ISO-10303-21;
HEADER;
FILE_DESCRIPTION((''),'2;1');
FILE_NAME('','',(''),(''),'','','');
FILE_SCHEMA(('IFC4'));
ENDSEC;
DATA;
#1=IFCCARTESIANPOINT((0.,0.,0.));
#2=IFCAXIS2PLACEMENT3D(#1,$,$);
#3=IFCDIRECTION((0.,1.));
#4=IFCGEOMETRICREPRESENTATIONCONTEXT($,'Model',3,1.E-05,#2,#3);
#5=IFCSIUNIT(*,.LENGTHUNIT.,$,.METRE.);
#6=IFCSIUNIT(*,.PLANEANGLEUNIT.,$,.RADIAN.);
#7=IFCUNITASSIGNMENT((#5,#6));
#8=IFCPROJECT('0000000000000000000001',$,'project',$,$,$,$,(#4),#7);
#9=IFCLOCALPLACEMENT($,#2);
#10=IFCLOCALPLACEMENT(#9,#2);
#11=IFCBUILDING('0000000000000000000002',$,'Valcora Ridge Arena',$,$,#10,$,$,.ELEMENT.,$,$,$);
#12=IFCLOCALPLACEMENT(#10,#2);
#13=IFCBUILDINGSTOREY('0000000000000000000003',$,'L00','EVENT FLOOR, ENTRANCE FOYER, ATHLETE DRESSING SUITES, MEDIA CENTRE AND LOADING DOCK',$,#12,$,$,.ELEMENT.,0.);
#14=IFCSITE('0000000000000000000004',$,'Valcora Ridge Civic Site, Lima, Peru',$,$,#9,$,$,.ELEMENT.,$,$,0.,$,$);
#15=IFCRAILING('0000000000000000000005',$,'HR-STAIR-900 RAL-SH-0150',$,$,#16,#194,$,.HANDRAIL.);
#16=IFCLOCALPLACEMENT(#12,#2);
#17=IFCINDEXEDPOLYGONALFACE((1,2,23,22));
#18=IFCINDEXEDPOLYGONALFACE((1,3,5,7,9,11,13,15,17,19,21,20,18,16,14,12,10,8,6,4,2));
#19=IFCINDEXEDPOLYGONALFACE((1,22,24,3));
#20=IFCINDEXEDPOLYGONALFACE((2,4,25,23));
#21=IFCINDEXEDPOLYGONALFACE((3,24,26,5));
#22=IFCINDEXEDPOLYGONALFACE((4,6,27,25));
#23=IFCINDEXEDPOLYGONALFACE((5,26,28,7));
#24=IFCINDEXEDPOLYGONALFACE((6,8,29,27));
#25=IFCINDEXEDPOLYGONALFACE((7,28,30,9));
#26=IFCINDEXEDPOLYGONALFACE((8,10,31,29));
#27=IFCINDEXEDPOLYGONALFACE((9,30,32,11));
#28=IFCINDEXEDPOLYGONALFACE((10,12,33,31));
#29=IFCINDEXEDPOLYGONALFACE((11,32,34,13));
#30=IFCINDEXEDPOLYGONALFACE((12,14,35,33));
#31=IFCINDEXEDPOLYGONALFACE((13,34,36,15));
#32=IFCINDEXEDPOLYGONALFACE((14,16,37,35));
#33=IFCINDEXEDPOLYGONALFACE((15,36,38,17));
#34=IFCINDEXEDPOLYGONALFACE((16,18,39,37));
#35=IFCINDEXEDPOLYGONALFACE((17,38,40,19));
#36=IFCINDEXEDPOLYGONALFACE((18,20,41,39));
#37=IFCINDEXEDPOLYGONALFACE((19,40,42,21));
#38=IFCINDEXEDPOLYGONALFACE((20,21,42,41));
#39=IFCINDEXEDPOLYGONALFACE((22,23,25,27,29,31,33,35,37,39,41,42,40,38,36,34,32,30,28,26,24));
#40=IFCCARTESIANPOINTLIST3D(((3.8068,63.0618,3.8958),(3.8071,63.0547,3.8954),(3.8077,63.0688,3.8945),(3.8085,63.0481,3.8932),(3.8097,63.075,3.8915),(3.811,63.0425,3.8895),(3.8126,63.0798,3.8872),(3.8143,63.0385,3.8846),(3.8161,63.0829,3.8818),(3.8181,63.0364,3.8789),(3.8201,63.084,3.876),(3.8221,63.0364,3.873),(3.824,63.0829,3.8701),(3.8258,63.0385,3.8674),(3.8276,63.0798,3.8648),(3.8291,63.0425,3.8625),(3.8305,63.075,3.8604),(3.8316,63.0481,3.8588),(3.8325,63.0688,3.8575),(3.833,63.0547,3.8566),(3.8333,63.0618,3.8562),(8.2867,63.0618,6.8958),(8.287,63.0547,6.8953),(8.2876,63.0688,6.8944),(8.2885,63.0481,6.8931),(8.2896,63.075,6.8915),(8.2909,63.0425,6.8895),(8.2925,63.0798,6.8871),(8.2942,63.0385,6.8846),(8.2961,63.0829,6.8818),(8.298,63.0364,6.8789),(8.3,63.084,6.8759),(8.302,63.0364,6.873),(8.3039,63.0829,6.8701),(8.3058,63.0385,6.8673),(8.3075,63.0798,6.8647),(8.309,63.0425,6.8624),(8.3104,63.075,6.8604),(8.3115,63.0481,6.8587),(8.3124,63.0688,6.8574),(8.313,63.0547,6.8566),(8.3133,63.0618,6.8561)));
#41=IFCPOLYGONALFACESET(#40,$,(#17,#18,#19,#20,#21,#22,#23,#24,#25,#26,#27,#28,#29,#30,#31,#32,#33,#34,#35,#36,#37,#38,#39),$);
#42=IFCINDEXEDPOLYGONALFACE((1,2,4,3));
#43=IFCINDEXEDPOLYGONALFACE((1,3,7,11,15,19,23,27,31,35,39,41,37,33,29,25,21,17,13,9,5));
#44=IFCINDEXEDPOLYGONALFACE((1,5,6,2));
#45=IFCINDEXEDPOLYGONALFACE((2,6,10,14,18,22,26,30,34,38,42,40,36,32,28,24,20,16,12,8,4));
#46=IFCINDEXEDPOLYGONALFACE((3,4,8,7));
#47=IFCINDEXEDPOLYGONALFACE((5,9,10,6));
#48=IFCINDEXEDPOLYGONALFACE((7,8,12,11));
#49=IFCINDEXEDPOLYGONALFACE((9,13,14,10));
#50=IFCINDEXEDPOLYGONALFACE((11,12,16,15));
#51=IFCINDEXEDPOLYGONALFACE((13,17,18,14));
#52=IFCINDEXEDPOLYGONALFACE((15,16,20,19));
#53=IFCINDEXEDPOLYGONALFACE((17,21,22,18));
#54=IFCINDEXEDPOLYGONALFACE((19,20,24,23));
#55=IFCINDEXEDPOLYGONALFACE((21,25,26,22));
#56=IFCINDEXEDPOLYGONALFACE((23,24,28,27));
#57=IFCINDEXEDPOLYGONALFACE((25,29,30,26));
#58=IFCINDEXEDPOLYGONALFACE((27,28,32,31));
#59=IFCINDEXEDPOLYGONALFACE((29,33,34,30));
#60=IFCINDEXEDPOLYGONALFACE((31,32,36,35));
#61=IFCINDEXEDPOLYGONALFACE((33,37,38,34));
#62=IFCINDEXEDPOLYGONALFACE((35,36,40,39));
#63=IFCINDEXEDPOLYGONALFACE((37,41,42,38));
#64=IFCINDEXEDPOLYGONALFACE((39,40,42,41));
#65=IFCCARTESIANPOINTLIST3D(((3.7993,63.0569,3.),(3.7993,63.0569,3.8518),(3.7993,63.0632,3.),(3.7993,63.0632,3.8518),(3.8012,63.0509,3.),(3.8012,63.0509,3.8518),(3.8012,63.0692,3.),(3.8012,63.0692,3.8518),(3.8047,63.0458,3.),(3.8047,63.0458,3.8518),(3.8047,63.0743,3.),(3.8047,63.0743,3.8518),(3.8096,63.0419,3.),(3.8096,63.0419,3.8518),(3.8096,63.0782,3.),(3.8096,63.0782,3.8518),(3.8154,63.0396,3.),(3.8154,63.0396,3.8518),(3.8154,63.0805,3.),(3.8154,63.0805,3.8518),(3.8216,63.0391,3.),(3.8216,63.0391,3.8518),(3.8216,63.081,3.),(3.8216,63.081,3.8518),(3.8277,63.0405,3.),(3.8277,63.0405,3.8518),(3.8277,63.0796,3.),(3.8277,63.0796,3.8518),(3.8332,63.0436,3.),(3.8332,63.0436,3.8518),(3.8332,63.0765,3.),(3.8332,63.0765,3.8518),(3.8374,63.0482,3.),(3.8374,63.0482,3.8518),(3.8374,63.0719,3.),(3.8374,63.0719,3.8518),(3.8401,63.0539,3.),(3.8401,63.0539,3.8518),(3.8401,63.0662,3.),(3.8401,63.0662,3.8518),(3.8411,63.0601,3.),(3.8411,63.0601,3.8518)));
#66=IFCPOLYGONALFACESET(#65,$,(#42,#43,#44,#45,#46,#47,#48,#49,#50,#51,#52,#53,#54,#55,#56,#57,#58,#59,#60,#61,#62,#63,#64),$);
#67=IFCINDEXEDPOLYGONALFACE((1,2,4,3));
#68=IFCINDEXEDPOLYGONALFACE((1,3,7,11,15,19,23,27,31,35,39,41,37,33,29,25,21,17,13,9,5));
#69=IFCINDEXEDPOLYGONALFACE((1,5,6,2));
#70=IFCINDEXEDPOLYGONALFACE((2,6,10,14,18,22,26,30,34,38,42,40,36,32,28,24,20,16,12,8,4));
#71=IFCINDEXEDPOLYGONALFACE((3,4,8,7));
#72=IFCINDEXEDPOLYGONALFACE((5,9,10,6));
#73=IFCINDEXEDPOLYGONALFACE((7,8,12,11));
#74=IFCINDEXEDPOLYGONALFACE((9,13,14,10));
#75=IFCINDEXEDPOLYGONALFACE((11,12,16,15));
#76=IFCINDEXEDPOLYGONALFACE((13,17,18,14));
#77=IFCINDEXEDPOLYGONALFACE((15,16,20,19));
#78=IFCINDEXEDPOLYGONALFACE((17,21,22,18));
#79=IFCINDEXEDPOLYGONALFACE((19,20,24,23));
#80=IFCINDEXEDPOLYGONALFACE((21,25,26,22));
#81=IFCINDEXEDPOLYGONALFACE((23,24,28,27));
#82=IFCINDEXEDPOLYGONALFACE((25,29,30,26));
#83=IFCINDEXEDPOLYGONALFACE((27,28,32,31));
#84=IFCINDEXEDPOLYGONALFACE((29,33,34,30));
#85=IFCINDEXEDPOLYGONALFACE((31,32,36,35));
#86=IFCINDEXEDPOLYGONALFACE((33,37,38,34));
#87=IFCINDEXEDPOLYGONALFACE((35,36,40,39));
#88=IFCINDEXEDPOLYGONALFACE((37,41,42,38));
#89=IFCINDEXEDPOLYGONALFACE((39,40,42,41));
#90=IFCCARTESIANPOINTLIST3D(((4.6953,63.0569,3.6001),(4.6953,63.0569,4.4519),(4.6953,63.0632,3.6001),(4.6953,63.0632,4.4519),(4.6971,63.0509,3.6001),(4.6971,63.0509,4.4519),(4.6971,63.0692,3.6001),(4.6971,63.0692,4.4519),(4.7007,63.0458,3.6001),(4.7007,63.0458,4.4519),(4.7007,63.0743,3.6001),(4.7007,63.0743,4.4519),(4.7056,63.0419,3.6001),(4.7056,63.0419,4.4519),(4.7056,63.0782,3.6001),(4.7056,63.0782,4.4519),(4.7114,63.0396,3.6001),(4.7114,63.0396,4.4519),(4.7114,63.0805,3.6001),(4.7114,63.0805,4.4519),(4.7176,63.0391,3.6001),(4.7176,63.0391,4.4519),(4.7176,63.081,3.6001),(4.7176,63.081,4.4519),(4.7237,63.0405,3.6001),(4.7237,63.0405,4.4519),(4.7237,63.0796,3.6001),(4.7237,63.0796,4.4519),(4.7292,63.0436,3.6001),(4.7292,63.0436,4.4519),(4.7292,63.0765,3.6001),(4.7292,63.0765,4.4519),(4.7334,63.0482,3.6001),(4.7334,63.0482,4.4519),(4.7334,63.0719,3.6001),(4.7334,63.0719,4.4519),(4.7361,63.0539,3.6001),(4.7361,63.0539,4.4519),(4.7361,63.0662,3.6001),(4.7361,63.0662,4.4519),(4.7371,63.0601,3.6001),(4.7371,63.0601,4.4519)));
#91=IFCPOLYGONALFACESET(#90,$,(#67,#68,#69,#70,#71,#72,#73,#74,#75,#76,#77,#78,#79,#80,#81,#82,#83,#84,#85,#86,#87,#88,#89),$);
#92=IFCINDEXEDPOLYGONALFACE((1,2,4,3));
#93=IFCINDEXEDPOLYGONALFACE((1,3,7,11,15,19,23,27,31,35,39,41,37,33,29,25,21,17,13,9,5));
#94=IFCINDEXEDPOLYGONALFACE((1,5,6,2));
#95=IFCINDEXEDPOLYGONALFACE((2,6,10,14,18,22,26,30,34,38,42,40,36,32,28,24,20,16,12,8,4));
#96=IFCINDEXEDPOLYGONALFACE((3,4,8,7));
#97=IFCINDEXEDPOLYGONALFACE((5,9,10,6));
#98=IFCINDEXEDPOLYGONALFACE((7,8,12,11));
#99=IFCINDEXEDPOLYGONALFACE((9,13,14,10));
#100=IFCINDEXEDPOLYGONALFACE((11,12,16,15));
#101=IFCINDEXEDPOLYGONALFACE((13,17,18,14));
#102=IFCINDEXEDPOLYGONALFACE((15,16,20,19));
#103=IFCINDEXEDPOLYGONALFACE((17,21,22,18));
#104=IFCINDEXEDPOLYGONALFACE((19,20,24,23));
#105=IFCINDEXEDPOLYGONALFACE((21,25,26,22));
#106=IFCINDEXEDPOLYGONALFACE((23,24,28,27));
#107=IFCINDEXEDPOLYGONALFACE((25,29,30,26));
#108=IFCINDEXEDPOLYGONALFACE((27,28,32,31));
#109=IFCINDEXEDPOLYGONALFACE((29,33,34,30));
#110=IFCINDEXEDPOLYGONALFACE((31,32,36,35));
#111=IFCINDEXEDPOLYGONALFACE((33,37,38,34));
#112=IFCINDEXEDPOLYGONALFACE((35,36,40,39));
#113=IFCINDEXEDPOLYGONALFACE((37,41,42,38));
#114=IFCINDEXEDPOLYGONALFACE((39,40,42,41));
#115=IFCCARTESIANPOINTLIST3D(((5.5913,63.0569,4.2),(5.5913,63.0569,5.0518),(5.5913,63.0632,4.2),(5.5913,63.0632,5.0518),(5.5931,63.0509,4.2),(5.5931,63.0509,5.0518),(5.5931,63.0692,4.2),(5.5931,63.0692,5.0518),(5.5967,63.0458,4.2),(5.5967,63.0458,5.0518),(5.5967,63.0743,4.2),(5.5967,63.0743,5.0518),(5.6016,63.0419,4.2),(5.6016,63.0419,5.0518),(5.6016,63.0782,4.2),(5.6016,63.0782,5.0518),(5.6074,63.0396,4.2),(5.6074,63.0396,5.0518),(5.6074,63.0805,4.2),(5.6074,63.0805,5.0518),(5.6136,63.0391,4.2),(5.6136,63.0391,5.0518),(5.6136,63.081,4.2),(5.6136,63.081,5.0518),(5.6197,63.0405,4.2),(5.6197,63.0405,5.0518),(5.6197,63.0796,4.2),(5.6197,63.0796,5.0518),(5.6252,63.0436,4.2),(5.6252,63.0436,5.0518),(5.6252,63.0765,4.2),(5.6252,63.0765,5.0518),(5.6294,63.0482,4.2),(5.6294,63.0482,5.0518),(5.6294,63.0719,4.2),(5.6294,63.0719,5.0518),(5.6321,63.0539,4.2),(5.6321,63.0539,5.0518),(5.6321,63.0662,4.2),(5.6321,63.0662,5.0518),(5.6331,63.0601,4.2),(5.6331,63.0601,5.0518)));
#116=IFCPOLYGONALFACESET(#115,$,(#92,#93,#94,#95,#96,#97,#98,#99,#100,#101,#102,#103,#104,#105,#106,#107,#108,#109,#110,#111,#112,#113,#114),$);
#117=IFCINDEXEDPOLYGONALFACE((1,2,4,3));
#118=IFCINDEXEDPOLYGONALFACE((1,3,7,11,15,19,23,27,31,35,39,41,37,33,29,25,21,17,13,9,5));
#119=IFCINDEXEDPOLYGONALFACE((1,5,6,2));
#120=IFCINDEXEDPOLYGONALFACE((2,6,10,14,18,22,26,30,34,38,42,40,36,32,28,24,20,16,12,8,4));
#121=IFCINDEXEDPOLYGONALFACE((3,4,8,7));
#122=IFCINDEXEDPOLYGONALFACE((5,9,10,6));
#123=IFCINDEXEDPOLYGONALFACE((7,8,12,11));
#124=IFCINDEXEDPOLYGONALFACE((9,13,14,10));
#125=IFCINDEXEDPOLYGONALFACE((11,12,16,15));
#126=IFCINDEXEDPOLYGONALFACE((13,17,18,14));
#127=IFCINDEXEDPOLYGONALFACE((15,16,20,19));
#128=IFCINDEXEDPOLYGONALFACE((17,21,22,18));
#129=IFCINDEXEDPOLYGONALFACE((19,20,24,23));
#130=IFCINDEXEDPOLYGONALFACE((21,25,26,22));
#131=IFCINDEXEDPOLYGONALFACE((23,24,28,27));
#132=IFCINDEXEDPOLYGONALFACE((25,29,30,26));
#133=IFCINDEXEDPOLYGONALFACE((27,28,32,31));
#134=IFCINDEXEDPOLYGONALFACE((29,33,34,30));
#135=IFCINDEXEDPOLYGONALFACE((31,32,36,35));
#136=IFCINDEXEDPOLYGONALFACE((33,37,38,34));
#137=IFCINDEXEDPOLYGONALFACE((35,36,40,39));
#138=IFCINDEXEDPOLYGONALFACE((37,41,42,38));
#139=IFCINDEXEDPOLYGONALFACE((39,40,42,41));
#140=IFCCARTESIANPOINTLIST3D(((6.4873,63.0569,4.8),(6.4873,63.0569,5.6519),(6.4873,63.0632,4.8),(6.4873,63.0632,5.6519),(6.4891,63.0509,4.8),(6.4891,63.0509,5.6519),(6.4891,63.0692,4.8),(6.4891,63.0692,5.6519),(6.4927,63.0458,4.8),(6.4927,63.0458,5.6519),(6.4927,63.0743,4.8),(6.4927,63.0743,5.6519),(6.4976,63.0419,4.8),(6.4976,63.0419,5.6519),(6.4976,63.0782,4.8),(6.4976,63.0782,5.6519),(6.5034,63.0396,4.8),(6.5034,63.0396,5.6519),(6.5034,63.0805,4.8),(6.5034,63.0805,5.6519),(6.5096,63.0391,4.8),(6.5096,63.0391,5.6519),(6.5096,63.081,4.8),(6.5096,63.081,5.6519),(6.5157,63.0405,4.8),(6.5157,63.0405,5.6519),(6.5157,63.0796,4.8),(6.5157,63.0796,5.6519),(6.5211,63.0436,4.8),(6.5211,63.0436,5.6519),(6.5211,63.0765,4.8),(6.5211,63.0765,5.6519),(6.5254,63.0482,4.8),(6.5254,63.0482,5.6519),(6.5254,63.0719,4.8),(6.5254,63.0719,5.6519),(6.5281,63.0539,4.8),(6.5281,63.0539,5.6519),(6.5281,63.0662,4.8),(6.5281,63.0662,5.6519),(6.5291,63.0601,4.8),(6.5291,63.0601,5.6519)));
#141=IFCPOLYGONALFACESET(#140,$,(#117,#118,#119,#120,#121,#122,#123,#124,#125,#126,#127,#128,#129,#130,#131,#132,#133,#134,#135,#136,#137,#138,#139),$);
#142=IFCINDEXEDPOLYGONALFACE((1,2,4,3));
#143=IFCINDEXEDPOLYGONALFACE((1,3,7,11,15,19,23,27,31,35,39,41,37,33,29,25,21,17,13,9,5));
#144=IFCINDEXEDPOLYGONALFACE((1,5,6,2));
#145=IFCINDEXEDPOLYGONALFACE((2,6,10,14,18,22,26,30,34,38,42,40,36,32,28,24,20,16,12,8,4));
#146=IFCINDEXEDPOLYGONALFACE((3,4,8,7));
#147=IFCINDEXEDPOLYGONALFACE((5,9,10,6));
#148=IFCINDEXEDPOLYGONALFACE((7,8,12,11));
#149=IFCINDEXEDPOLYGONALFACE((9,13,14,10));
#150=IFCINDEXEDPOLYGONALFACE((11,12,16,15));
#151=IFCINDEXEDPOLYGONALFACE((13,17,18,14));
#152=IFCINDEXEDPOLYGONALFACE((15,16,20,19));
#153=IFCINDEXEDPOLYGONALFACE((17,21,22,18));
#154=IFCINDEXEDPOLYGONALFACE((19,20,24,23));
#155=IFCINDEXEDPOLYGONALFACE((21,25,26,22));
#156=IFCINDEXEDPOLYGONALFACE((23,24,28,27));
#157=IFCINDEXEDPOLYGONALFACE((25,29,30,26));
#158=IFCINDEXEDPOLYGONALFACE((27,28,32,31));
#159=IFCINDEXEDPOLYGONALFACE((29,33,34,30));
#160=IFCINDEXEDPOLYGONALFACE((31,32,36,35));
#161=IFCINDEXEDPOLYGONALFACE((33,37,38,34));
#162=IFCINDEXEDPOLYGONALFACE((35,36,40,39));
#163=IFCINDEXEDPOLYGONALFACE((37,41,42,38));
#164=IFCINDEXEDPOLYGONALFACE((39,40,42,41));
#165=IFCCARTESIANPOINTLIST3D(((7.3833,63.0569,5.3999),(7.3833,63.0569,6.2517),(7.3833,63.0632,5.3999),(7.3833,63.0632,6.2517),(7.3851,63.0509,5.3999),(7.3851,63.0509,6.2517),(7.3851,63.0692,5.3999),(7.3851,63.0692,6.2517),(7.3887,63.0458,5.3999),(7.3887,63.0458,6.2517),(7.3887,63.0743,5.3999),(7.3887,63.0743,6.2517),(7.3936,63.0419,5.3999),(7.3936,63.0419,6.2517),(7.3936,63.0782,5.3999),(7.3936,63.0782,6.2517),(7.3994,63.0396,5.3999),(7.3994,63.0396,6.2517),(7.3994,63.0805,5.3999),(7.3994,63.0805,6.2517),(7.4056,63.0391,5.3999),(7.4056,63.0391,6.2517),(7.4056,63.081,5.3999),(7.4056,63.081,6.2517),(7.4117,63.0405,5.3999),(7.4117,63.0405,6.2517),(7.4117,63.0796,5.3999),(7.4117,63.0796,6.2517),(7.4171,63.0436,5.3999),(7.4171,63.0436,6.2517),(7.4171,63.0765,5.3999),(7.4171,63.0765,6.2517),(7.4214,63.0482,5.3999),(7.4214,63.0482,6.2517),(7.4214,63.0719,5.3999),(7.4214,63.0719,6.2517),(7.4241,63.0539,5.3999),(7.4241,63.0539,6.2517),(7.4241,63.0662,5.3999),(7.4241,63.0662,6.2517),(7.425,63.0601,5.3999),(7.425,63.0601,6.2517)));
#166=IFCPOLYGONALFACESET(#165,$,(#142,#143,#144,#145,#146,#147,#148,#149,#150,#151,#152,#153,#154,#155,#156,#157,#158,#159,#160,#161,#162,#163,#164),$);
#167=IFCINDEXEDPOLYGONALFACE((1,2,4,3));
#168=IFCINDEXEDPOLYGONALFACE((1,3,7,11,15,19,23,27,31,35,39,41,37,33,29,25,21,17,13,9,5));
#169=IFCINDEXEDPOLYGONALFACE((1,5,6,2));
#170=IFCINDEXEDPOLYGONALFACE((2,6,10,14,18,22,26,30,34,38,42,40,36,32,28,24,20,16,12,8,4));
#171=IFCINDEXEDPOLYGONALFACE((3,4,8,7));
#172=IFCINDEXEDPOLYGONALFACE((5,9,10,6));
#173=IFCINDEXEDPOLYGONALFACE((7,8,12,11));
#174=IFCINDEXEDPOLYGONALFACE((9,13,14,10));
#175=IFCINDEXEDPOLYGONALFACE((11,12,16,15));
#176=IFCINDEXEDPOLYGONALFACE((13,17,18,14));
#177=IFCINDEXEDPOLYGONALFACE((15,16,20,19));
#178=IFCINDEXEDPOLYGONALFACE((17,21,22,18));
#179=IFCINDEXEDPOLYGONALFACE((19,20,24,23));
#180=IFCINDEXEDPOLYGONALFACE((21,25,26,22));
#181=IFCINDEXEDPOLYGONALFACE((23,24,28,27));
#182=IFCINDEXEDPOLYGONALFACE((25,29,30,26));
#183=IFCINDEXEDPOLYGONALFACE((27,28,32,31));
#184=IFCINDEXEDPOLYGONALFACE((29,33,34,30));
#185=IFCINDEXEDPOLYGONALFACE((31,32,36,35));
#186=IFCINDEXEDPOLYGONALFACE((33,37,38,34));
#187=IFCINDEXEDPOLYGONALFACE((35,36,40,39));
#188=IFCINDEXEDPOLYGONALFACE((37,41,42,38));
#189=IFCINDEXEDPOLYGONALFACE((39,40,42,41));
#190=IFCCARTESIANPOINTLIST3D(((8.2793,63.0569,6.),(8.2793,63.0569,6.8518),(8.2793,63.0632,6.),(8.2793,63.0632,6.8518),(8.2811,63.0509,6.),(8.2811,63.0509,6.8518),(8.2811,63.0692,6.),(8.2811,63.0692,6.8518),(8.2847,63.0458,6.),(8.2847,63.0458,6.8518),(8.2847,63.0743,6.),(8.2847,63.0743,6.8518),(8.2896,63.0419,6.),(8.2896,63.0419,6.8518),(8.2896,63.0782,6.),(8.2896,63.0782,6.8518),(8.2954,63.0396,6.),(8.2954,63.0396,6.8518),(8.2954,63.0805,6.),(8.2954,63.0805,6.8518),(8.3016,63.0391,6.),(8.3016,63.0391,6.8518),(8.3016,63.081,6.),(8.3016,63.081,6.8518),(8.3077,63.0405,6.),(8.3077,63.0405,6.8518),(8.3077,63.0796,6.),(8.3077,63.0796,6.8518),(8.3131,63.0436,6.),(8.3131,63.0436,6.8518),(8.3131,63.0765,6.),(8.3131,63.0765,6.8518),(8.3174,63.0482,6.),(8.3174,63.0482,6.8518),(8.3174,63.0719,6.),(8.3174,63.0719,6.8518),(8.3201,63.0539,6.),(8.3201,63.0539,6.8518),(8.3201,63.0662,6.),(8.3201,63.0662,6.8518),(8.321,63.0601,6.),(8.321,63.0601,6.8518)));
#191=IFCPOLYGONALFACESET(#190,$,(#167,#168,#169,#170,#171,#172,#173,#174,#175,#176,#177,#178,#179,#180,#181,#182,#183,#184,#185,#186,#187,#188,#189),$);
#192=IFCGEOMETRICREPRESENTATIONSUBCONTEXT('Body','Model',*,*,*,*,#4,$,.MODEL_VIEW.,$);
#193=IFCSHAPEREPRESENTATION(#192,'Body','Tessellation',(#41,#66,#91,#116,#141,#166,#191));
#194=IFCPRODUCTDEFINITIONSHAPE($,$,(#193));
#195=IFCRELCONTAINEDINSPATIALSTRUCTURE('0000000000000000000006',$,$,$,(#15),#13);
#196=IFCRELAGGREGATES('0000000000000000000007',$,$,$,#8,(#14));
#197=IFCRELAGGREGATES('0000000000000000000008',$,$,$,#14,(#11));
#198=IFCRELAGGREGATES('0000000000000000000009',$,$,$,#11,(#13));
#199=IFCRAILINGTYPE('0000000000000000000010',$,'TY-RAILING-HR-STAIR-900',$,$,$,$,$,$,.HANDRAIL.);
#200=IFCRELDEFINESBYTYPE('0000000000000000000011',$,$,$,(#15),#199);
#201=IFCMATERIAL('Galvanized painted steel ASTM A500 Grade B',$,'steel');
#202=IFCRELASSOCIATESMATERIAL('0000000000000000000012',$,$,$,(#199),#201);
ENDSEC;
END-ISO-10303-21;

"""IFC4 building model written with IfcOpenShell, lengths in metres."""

from ifc_helpers import new_model, si_unit, direction, frame, origin, origin_2d, place, context, subcontext, project, spatial, circle, extrude, material, type_object, element, save


model = new_model("IFC4")

# Units and contexts
model_context = context("Model", 3, precision=1e-05, world=origin(), true_north=direction((0.0, 1.0)))
body_context = subcontext(model_context, "Body", "Model", "MODEL_VIEW")
ifc_project = project(units=[si_unit("LENGTHUNIT", "METRE"), si_unit("PLANEANGLEUNIT", "RADIAN")], contexts=[model_context])

# Site, building, storey
site_placement = place(None, origin())
site = spatial("IfcSite", under=ifc_project, at=site_placement, Name="Valcora Ridge Civic Site, Lima, Peru", CompositionType="ELEMENT", RefElevation=0.0)
building_placement = place(site_placement, origin())
building = spatial("IfcBuilding", under=site, at=building_placement, Name="Valcora Ridge Arena", CompositionType="ELEMENT")
storey_placement = place(building_placement, origin())
storey = spatial("IfcBuildingStorey", under=building, at=storey_placement, Name="L00", Description="EVENT FLOOR, ENTRANCE FOYER, ATHLETE DRESSING SUITES, MEDIA CENTRE AND LOADING DOCK", CompositionType="ELEMENT", Elevation=0.0)

# Railing
ifc_material_1 = material(Name="Galvanized painted steel ASTM A500 Grade B", Category="steel")
railing_type_1 = type_object("IfcRailingType", Name="TY-RAILING-HR-STAIR-900", PredefinedType="HANDRAIL", material=ifc_material_1)
railing_1_placement = place(storey_placement, frame((3.8201, 63.0601, 3.0)))
element("IfcRailing", 1, at=railing_1_placement, inside=storey, type_object=railing_type_1, Name="HR-STAIR-900 RAL-SH-0150", PredefinedType="HANDRAIL", context=body_context, shape_type="SweptSolid", body=[
    extrude(circle(Radius=0.0239, at=origin_2d()), frame((0.0, 0.0, 0.876), z_axis=(0.830906, 0.0, 0.556413), x_axis=(0.0, 1.0, 0.0)), (0.0, 0.0, 1.0), 5.3916),
    extrude(circle(Radius=0.021, at=origin_2d()), origin(), (0.0, 0.0, 1.0), 0.8518),
    extrude(circle(Radius=0.021, at=origin_2d()), frame((0.896, 0.0, 0.6001)), (0.0, 0.0, 1.0), 0.8518),
    extrude(circle(Radius=0.021, at=origin_2d()), frame((1.792, 0.0, 1.2)), (0.0, 0.0, 1.0), 0.8518),
    extrude(circle(Radius=0.021, at=origin_2d()), frame((2.688, 0.0, 1.8)), (0.0, 0.0, 1.0), 0.8518),
    extrude(circle(Radius=0.021, at=origin_2d()), frame((3.584, 0.0, 2.3999)), (0.0, 0.0, 1.0), 0.8518),
    extrude(circle(Radius=0.021, at=origin_2d()), frame((4.48, 0.0, 3.0)), (0.0, 0.0, 1.0), 0.8518),
])

save(model, "model.ifc")
